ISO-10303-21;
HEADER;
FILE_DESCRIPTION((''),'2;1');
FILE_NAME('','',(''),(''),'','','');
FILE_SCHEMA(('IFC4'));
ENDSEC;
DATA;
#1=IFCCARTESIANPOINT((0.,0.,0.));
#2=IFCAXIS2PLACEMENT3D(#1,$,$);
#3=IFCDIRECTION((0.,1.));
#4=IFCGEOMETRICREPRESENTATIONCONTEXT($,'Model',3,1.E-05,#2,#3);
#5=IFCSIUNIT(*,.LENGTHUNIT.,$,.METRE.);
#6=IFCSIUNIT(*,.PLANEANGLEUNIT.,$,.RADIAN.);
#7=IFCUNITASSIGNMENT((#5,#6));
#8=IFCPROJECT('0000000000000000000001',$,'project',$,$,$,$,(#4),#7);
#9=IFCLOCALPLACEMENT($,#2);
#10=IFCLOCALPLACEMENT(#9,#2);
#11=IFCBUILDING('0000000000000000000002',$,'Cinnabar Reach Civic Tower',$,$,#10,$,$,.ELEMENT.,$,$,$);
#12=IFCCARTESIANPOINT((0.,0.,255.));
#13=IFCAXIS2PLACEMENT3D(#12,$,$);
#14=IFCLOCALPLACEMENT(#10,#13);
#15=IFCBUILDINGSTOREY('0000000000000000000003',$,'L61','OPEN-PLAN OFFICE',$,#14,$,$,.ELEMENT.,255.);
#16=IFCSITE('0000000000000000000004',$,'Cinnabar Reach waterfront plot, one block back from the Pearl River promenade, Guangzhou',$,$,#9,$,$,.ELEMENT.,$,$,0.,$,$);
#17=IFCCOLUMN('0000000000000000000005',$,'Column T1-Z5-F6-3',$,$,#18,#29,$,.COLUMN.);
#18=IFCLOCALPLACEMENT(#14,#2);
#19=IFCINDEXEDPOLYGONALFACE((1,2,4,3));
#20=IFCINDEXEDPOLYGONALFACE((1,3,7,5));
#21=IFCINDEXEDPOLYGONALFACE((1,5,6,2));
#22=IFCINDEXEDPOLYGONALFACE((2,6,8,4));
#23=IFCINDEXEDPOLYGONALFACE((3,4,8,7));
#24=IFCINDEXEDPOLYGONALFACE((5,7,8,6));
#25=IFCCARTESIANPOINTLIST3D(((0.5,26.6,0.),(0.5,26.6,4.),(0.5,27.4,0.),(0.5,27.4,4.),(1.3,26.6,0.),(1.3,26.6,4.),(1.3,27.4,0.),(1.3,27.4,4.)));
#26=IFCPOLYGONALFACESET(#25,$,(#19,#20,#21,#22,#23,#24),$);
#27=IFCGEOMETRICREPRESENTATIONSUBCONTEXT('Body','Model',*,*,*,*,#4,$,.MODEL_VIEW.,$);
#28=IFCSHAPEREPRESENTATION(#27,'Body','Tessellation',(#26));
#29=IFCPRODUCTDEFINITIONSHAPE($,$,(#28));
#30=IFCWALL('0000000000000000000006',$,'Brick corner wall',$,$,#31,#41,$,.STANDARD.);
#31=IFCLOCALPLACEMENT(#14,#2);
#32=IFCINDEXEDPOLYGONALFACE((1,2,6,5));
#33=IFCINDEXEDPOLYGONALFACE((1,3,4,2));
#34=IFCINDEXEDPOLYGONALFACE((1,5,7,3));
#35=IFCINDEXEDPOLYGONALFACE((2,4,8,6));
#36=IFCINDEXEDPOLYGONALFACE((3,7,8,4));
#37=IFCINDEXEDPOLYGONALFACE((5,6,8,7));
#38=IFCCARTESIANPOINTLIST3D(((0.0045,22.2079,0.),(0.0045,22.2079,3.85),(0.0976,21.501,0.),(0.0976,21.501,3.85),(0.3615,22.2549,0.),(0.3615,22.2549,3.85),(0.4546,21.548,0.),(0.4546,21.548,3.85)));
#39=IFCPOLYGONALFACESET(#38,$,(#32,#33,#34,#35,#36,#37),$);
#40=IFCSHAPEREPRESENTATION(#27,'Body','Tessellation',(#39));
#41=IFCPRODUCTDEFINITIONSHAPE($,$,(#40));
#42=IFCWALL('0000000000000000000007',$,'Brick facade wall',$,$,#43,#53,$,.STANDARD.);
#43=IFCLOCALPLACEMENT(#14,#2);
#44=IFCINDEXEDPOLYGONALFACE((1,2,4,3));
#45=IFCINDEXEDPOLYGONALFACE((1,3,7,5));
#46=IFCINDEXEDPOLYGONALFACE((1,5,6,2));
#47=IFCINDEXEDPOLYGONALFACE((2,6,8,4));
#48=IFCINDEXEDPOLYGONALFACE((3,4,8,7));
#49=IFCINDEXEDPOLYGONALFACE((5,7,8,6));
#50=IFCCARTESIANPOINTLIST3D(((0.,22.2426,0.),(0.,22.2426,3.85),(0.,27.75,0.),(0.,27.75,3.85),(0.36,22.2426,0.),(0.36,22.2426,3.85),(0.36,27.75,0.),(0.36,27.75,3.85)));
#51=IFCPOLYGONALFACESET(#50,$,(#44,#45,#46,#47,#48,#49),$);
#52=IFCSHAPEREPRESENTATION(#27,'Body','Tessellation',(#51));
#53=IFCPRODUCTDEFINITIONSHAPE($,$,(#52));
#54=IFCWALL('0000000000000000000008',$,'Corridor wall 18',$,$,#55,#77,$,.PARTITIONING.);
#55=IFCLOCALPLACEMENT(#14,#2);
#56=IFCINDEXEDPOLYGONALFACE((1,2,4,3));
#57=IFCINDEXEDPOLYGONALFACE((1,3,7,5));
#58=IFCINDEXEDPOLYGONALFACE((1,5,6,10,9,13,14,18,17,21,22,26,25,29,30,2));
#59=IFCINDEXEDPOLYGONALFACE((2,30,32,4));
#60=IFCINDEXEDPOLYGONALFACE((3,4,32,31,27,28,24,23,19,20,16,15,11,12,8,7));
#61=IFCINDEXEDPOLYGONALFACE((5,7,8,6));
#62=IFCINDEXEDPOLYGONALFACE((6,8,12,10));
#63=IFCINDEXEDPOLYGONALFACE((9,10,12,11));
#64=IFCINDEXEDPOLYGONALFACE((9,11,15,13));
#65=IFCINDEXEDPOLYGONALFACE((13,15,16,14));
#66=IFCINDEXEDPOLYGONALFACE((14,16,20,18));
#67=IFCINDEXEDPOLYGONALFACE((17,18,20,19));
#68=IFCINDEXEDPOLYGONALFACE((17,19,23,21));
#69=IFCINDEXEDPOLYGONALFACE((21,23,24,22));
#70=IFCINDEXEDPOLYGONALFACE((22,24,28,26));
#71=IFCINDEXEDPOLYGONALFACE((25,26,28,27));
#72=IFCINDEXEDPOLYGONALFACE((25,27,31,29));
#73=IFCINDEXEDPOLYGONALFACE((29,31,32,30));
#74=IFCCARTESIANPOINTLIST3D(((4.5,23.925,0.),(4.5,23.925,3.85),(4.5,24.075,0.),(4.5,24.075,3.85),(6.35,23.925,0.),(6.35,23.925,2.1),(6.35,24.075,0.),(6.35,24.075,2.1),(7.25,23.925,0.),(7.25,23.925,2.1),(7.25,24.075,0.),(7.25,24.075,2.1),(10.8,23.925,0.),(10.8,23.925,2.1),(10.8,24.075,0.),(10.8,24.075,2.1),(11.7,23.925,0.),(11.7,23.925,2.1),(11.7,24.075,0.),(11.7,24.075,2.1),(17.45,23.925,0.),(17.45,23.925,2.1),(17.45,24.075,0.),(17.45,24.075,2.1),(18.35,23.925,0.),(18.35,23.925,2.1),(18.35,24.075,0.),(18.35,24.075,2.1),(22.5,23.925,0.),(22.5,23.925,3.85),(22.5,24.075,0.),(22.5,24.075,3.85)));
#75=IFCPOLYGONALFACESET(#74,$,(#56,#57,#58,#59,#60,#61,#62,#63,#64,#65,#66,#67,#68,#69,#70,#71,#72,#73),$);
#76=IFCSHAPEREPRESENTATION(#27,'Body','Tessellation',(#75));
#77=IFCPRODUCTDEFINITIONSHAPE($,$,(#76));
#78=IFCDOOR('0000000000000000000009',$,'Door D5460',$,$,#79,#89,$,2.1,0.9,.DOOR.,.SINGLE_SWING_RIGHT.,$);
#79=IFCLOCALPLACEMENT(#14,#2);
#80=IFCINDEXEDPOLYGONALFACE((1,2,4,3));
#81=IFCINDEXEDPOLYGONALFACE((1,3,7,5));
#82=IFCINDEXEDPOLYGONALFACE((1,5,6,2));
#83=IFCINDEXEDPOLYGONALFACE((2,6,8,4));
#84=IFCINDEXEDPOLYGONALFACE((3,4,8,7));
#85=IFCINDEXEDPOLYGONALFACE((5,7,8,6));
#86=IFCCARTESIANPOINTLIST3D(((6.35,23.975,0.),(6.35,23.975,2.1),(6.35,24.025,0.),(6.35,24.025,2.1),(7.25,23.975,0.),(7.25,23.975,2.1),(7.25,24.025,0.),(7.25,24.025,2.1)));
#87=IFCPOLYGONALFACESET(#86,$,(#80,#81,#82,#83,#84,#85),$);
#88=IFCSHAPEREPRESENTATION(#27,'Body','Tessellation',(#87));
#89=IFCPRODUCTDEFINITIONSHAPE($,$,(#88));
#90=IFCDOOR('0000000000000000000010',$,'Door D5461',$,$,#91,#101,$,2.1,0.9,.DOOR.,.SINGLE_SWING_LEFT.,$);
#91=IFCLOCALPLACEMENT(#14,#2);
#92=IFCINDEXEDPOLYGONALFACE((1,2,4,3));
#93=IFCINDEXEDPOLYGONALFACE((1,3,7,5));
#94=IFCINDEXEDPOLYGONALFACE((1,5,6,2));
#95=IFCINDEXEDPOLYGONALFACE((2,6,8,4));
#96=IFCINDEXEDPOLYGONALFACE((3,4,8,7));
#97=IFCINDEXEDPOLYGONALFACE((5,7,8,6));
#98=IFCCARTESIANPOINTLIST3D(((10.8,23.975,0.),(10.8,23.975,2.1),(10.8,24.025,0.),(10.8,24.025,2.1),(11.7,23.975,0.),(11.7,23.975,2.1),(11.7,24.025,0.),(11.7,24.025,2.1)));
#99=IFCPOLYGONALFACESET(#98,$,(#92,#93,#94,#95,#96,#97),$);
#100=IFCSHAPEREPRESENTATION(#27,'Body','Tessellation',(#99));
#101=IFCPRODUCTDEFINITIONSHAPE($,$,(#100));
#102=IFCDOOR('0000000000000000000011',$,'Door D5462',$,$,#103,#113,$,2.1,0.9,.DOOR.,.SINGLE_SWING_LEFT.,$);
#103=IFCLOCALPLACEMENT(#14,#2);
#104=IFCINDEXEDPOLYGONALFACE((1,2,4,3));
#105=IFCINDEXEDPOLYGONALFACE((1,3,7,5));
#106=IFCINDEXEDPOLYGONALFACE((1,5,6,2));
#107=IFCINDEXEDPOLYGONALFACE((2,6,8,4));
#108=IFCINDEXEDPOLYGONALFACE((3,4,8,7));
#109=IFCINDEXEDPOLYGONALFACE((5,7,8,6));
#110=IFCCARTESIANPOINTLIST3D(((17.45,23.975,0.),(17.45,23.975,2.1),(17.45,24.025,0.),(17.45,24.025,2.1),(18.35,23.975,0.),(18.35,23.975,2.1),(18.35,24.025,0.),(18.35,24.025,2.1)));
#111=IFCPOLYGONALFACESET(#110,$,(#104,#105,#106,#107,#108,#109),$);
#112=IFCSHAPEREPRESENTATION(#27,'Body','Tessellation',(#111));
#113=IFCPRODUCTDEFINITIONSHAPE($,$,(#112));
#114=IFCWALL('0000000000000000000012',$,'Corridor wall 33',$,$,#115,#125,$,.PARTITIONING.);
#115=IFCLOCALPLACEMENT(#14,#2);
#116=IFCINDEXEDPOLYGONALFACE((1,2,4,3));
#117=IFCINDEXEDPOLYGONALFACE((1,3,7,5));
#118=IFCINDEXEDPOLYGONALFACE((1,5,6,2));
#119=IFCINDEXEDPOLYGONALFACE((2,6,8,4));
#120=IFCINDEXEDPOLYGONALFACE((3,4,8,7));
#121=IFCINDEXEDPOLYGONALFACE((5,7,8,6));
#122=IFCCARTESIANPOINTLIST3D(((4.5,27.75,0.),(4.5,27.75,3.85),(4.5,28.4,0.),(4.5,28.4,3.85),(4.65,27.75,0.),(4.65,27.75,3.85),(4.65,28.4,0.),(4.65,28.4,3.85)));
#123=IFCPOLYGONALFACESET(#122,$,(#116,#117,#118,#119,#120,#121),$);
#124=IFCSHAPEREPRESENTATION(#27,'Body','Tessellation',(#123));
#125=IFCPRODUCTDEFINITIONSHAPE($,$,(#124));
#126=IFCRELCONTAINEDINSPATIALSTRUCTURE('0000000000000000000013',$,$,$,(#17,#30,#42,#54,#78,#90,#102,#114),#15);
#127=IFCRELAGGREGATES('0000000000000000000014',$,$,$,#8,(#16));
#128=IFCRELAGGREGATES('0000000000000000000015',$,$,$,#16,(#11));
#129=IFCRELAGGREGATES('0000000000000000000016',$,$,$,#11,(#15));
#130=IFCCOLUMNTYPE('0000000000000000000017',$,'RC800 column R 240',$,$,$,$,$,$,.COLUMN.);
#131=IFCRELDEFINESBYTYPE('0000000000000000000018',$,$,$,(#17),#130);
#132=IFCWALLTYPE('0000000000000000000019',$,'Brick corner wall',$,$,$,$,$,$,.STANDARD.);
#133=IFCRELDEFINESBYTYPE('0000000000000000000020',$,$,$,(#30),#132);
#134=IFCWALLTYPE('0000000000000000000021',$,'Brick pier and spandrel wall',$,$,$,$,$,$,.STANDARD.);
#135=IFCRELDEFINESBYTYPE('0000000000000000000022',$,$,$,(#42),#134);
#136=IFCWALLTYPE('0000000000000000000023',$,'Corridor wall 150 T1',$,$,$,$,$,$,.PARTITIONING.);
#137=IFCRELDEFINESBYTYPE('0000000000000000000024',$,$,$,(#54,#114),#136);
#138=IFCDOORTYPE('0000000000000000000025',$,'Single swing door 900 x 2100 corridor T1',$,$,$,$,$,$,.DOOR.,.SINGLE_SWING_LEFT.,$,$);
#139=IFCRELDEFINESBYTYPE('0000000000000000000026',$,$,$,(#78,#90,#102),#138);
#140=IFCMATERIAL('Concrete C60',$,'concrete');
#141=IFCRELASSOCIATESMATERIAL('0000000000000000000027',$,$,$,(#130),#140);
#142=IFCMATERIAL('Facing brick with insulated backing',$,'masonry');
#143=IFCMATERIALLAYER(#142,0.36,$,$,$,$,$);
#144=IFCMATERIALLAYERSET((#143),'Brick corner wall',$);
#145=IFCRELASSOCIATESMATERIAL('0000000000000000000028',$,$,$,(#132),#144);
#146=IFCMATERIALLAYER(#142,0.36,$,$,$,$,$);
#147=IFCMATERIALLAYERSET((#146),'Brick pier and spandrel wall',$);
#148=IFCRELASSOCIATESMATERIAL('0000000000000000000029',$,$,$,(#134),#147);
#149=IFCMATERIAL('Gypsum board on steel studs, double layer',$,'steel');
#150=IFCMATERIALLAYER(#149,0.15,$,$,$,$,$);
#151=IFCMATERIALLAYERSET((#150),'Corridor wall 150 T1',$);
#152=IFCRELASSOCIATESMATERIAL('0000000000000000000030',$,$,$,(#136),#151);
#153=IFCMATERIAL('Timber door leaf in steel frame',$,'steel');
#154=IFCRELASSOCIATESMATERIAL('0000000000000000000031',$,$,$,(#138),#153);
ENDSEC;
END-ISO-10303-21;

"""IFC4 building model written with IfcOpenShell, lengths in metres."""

from ifc_helpers import new_model, si_unit, direction, frame, frame_2d, origin, origin_2d, place, context, subcontext, project, spatial, rectangle, extrude, material, layer, layer_set, material_profile, profile_set, type_object, element, fill, save


model = new_model("IFC4")

# Units and contexts
model_context = context("Model", 3, precision=1e-05, world=origin(), true_north=direction((0.0, 1.0)))
body_context = subcontext(model_context, "Body", "Model", "MODEL_VIEW")
ifc_project = project(units=[si_unit("LENGTHUNIT", "METRE"), si_unit("PLANEANGLEUNIT", "RADIAN")], contexts=[model_context])

# Site, building, storey
site_placement = place(None, origin())
site = spatial("IfcSite", under=ifc_project, at=site_placement, Name="Cinnabar Reach waterfront plot, one block back from the Pearl River promenade, Guangzhou", CompositionType="ELEMENT", RefElevation=0.0)
building_placement = place(site_placement, origin())
building = spatial("IfcBuilding", under=site, at=building_placement, Name="Cinnabar Reach Civic Tower", CompositionType="ELEMENT")
storey_placement = place(building_placement, frame((0.0, 0.0, 255.0)))
storey = spatial("IfcBuildingStorey", under=building, at=storey_placement, Name="L61", Description="OPEN-PLAN OFFICE", CompositionType="ELEMENT", Elevation=255.0)

# Column
ifc_material_1 = material(Name="Concrete C60", Category="concrete")
ifc_material_profile = material_profile(ifc_material_1, rectangle(XDim=0.8, YDim=0.8, at=origin_2d()), Name="RC800")
ifc_profile_set = profile_set([ifc_material_profile], Name="Concrete C60")
column_type = type_object("IfcColumnType", Name="RC800 column R 240", PredefinedType="COLUMN", material=ifc_profile_set)
column_placement = place(storey_placement, frame((0.9, 27.0, 0.0), z_axis=(0.0, 0.0, 1.0), x_axis=(1.0, 0.0, 0.0)))
element("IfcColumn", 1, at=column_placement, inside=storey, type_object=column_type, Name="Column T1-Z5-F6-3", PredefinedType="COLUMN", context=body_context, shape_type="SweptSolid", body=[
    extrude(rectangle(XDim=0.8, YDim=0.8, at=origin_2d()), origin(), (0.0, 0.0, 1.0), 4.0),
])

# Walls
ifc_material_2 = material(Name="Facing brick with insulated backing", Category="masonry")
ifc_layer_1 = layer(ifc_material_2, 0.36)
ifc_layer_set_1 = layer_set([ifc_layer_1], Name="Brick corner wall")
wall_type_1 = type_object("IfcWallType", Name="Brick corner wall", PredefinedType="STANDARD", material=ifc_layer_set_1)
wall_1_placement = place(storey_placement, frame((0.183, 22.2314, 0.0), z_axis=(0.0, 0.0, 1.0), x_axis=(0.130556, -0.991441, 0.0)))
element("IfcWall", 2, at=wall_1_placement, inside=storey, type_object=wall_type_1, Name="Brick corner wall", PredefinedType="STANDARD", context=body_context, shape_type="SweptSolid", body=[
    extrude(rectangle(XDim=0.7131, YDim=0.36, at=frame_2d((0.3565, 0.0))), origin(), (0.0, 0.0, 1.0), 3.85),
])
ifc_layer_2 = layer(ifc_material_2, 0.36)
ifc_layer_set_2 = layer_set([ifc_layer_2], Name="Brick pier and spandrel wall")
wall_type_2 = type_object("IfcWallType", Name="Brick pier and spandrel wall", PredefinedType="STANDARD", material=ifc_layer_set_2)
wall_2_placement = place(storey_placement, frame((0.18, 27.75, 0.0), z_axis=(0.0, 0.0, 1.0), x_axis=(0.0, -1.0, 0.0)))
element("IfcWall", 3, at=wall_2_placement, inside=storey, type_object=wall_type_2, Name="Brick facade wall", PredefinedType="STANDARD", context=body_context, shape_type="SweptSolid", body=[
    extrude(rectangle(XDim=5.5074, YDim=0.36, at=frame_2d((2.7537, 0.0))), origin(), (0.0, 0.0, 1.0), 3.85),
])

# Wall, openings, doors
ifc_material_3 = material(Name="Gypsum board on steel studs, double layer", Category="steel")
ifc_layer_3 = layer(ifc_material_3, 0.15)
ifc_layer_set_3 = layer_set([ifc_layer_3], Name="Corridor wall 150 T1")
wall_type_3 = type_object("IfcWallType", Name="Corridor wall 150 T1", PredefinedType="PARTITIONING", material=ifc_layer_set_3)
wall_3_placement = place(storey_placement, frame((4.5, 24.0, 0.0), z_axis=(0.0, 0.0, 1.0), x_axis=(1.0, 0.0, 0.0)))
wall_3 = element("IfcWall", 4, at=wall_3_placement, inside=storey, type_object=wall_type_3, Name="Corridor wall 18", PredefinedType="PARTITIONING", context=body_context, shape_type="SweptSolid", body=[
    extrude(rectangle(XDim=18.0, YDim=0.15, at=frame_2d((9.0, 0.0))), origin(), (0.0, 0.0, 1.0), 3.85),
])
opening_1_placement = place(wall_3_placement, frame((1.85, 0.0, 0.0)))
opening_1 = element("IfcOpeningElement", 5, at=opening_1_placement, cuts=wall_3, PredefinedType="OPENING", context=body_context, shape_type="SweptSolid", body=[
    extrude(rectangle(XDim=0.9, YDim=2.1, at=frame_2d((0.45, 1.05))), frame((0.0, 0.085, 0.0), z_axis=(0.0, -1.0, 0.0), x_axis=(1.0, 0.0, 0.0)), (0.0, 0.0, 1.0), 0.17),
])
opening_2_placement = place(wall_3_placement, frame((6.3, 0.0, 0.0)))
opening_2 = element("IfcOpeningElement", 6, at=opening_2_placement, cuts=wall_3, PredefinedType="OPENING", context=body_context, shape_type="SweptSolid", body=[
    extrude(rectangle(XDim=0.9, YDim=2.1, at=frame_2d((0.45, 1.05))), frame((0.0, 0.085, 0.0), z_axis=(0.0, -1.0, 0.0), x_axis=(1.0, 0.0, 0.0)), (0.0, 0.0, 1.0), 0.17),
])
opening_3_placement = place(wall_3_placement, frame((12.95, 0.0, 0.0)))
opening_3 = element("IfcOpeningElement", 7, at=opening_3_placement, cuts=wall_3, PredefinedType="OPENING", context=body_context, shape_type="SweptSolid", body=[
    extrude(rectangle(XDim=0.9, YDim=2.1, at=frame_2d((0.45, 1.05))), frame((0.0, 0.085, 0.0), z_axis=(0.0, -1.0, 0.0), x_axis=(1.0, 0.0, 0.0)), (0.0, 0.0, 1.0), 0.17),
])
ifc_material_4 = material(Name="Timber door leaf in steel frame", Category="steel")
door_type_1 = type_object("IfcDoorType", Name="Single swing door 900 x 2100 corridor T1", OperationType="SINGLE_SWING_LEFT", PredefinedType="DOOR", material=ifc_material_4)
door_1_placement = place(opening_1_placement, frame((0.9, 0.0, 0.0), z_axis=(0.0, 0.0, 1.0), x_axis=(-1.0, 0.0, 0.0)))
door_1 = element("IfcDoor", 8, at=door_1_placement, inside=storey, type_object=door_type_1, Name="Door D5460", OperationType="SINGLE_SWING_RIGHT", OverallHeight=2.1, OverallWidth=0.9, PredefinedType="DOOR", context=body_context, shape_type="SweptSolid", body=[
    extrude(rectangle(XDim=0.9, YDim=2.1, at=frame_2d((0.45, 1.05))), frame((0.0, 0.025, 0.0), z_axis=(0.0, -1.0, 0.0), x_axis=(1.0, 0.0, 0.0)), (0.0, 0.0, 1.0), 0.05),
])
fill(opening_1, door_1)
door_2_placement = place(opening_2_placement, frame((0.9, 0.0, 0.0), z_axis=(0.0, 0.0, 1.0), x_axis=(-1.0, 0.0, 0.0)))
door_2 = element("IfcDoor", 9, at=door_2_placement, inside=storey, type_object=door_type_1, Name="Door D5461", OperationType="SINGLE_SWING_LEFT", OverallHeight=2.1, OverallWidth=0.9, PredefinedType="DOOR", context=body_context, shape_type="SweptSolid", body=[
    extrude(rectangle(XDim=0.9, YDim=2.1, at=frame_2d((0.45, 1.05))), frame((0.0, 0.025, 0.0), z_axis=(0.0, -1.0, 0.0), x_axis=(1.0, 0.0, 0.0)), (0.0, 0.0, 1.0), 0.05),
])
fill(opening_2, door_2)
door_3_placement = place(opening_3_placement, frame((0.9, 0.0, 0.0), z_axis=(0.0, 0.0, 1.0), x_axis=(-1.0, 0.0, 0.0)))
door_3 = element("IfcDoor", 10, at=door_3_placement, inside=storey, type_object=door_type_1, Name="Door D5462", OperationType="SINGLE_SWING_LEFT", OverallHeight=2.1, OverallWidth=0.9, PredefinedType="DOOR", context=body_context, shape_type="SweptSolid", body=[
    extrude(rectangle(XDim=0.9, YDim=2.1, at=frame_2d((0.45, 1.05))), frame((0.0, 0.025, 0.0), z_axis=(0.0, -1.0, 0.0), x_axis=(1.0, 0.0, 0.0)), (0.0, 0.0, 1.0), 0.05),
])
fill(opening_3, door_3)

# Wall
wall_4_placement = place(storey_placement, frame((4.575, 27.75, 0.0), z_axis=(0.0, 0.0, 1.0), x_axis=(0.0, 1.0, 0.0)))
element("IfcWall", 11, at=wall_4_placement, inside=storey, type_object=wall_type_3, Name="Corridor wall 33", PredefinedType="PARTITIONING", context=body_context, shape_type="SweptSolid", body=[
    extrude(rectangle(XDim=0.65, YDim=0.15, at=frame_2d((0.325, 0.0))), origin(), (0.0, 0.0, 1.0), 3.85),
])

save(model, "model.ifc")
